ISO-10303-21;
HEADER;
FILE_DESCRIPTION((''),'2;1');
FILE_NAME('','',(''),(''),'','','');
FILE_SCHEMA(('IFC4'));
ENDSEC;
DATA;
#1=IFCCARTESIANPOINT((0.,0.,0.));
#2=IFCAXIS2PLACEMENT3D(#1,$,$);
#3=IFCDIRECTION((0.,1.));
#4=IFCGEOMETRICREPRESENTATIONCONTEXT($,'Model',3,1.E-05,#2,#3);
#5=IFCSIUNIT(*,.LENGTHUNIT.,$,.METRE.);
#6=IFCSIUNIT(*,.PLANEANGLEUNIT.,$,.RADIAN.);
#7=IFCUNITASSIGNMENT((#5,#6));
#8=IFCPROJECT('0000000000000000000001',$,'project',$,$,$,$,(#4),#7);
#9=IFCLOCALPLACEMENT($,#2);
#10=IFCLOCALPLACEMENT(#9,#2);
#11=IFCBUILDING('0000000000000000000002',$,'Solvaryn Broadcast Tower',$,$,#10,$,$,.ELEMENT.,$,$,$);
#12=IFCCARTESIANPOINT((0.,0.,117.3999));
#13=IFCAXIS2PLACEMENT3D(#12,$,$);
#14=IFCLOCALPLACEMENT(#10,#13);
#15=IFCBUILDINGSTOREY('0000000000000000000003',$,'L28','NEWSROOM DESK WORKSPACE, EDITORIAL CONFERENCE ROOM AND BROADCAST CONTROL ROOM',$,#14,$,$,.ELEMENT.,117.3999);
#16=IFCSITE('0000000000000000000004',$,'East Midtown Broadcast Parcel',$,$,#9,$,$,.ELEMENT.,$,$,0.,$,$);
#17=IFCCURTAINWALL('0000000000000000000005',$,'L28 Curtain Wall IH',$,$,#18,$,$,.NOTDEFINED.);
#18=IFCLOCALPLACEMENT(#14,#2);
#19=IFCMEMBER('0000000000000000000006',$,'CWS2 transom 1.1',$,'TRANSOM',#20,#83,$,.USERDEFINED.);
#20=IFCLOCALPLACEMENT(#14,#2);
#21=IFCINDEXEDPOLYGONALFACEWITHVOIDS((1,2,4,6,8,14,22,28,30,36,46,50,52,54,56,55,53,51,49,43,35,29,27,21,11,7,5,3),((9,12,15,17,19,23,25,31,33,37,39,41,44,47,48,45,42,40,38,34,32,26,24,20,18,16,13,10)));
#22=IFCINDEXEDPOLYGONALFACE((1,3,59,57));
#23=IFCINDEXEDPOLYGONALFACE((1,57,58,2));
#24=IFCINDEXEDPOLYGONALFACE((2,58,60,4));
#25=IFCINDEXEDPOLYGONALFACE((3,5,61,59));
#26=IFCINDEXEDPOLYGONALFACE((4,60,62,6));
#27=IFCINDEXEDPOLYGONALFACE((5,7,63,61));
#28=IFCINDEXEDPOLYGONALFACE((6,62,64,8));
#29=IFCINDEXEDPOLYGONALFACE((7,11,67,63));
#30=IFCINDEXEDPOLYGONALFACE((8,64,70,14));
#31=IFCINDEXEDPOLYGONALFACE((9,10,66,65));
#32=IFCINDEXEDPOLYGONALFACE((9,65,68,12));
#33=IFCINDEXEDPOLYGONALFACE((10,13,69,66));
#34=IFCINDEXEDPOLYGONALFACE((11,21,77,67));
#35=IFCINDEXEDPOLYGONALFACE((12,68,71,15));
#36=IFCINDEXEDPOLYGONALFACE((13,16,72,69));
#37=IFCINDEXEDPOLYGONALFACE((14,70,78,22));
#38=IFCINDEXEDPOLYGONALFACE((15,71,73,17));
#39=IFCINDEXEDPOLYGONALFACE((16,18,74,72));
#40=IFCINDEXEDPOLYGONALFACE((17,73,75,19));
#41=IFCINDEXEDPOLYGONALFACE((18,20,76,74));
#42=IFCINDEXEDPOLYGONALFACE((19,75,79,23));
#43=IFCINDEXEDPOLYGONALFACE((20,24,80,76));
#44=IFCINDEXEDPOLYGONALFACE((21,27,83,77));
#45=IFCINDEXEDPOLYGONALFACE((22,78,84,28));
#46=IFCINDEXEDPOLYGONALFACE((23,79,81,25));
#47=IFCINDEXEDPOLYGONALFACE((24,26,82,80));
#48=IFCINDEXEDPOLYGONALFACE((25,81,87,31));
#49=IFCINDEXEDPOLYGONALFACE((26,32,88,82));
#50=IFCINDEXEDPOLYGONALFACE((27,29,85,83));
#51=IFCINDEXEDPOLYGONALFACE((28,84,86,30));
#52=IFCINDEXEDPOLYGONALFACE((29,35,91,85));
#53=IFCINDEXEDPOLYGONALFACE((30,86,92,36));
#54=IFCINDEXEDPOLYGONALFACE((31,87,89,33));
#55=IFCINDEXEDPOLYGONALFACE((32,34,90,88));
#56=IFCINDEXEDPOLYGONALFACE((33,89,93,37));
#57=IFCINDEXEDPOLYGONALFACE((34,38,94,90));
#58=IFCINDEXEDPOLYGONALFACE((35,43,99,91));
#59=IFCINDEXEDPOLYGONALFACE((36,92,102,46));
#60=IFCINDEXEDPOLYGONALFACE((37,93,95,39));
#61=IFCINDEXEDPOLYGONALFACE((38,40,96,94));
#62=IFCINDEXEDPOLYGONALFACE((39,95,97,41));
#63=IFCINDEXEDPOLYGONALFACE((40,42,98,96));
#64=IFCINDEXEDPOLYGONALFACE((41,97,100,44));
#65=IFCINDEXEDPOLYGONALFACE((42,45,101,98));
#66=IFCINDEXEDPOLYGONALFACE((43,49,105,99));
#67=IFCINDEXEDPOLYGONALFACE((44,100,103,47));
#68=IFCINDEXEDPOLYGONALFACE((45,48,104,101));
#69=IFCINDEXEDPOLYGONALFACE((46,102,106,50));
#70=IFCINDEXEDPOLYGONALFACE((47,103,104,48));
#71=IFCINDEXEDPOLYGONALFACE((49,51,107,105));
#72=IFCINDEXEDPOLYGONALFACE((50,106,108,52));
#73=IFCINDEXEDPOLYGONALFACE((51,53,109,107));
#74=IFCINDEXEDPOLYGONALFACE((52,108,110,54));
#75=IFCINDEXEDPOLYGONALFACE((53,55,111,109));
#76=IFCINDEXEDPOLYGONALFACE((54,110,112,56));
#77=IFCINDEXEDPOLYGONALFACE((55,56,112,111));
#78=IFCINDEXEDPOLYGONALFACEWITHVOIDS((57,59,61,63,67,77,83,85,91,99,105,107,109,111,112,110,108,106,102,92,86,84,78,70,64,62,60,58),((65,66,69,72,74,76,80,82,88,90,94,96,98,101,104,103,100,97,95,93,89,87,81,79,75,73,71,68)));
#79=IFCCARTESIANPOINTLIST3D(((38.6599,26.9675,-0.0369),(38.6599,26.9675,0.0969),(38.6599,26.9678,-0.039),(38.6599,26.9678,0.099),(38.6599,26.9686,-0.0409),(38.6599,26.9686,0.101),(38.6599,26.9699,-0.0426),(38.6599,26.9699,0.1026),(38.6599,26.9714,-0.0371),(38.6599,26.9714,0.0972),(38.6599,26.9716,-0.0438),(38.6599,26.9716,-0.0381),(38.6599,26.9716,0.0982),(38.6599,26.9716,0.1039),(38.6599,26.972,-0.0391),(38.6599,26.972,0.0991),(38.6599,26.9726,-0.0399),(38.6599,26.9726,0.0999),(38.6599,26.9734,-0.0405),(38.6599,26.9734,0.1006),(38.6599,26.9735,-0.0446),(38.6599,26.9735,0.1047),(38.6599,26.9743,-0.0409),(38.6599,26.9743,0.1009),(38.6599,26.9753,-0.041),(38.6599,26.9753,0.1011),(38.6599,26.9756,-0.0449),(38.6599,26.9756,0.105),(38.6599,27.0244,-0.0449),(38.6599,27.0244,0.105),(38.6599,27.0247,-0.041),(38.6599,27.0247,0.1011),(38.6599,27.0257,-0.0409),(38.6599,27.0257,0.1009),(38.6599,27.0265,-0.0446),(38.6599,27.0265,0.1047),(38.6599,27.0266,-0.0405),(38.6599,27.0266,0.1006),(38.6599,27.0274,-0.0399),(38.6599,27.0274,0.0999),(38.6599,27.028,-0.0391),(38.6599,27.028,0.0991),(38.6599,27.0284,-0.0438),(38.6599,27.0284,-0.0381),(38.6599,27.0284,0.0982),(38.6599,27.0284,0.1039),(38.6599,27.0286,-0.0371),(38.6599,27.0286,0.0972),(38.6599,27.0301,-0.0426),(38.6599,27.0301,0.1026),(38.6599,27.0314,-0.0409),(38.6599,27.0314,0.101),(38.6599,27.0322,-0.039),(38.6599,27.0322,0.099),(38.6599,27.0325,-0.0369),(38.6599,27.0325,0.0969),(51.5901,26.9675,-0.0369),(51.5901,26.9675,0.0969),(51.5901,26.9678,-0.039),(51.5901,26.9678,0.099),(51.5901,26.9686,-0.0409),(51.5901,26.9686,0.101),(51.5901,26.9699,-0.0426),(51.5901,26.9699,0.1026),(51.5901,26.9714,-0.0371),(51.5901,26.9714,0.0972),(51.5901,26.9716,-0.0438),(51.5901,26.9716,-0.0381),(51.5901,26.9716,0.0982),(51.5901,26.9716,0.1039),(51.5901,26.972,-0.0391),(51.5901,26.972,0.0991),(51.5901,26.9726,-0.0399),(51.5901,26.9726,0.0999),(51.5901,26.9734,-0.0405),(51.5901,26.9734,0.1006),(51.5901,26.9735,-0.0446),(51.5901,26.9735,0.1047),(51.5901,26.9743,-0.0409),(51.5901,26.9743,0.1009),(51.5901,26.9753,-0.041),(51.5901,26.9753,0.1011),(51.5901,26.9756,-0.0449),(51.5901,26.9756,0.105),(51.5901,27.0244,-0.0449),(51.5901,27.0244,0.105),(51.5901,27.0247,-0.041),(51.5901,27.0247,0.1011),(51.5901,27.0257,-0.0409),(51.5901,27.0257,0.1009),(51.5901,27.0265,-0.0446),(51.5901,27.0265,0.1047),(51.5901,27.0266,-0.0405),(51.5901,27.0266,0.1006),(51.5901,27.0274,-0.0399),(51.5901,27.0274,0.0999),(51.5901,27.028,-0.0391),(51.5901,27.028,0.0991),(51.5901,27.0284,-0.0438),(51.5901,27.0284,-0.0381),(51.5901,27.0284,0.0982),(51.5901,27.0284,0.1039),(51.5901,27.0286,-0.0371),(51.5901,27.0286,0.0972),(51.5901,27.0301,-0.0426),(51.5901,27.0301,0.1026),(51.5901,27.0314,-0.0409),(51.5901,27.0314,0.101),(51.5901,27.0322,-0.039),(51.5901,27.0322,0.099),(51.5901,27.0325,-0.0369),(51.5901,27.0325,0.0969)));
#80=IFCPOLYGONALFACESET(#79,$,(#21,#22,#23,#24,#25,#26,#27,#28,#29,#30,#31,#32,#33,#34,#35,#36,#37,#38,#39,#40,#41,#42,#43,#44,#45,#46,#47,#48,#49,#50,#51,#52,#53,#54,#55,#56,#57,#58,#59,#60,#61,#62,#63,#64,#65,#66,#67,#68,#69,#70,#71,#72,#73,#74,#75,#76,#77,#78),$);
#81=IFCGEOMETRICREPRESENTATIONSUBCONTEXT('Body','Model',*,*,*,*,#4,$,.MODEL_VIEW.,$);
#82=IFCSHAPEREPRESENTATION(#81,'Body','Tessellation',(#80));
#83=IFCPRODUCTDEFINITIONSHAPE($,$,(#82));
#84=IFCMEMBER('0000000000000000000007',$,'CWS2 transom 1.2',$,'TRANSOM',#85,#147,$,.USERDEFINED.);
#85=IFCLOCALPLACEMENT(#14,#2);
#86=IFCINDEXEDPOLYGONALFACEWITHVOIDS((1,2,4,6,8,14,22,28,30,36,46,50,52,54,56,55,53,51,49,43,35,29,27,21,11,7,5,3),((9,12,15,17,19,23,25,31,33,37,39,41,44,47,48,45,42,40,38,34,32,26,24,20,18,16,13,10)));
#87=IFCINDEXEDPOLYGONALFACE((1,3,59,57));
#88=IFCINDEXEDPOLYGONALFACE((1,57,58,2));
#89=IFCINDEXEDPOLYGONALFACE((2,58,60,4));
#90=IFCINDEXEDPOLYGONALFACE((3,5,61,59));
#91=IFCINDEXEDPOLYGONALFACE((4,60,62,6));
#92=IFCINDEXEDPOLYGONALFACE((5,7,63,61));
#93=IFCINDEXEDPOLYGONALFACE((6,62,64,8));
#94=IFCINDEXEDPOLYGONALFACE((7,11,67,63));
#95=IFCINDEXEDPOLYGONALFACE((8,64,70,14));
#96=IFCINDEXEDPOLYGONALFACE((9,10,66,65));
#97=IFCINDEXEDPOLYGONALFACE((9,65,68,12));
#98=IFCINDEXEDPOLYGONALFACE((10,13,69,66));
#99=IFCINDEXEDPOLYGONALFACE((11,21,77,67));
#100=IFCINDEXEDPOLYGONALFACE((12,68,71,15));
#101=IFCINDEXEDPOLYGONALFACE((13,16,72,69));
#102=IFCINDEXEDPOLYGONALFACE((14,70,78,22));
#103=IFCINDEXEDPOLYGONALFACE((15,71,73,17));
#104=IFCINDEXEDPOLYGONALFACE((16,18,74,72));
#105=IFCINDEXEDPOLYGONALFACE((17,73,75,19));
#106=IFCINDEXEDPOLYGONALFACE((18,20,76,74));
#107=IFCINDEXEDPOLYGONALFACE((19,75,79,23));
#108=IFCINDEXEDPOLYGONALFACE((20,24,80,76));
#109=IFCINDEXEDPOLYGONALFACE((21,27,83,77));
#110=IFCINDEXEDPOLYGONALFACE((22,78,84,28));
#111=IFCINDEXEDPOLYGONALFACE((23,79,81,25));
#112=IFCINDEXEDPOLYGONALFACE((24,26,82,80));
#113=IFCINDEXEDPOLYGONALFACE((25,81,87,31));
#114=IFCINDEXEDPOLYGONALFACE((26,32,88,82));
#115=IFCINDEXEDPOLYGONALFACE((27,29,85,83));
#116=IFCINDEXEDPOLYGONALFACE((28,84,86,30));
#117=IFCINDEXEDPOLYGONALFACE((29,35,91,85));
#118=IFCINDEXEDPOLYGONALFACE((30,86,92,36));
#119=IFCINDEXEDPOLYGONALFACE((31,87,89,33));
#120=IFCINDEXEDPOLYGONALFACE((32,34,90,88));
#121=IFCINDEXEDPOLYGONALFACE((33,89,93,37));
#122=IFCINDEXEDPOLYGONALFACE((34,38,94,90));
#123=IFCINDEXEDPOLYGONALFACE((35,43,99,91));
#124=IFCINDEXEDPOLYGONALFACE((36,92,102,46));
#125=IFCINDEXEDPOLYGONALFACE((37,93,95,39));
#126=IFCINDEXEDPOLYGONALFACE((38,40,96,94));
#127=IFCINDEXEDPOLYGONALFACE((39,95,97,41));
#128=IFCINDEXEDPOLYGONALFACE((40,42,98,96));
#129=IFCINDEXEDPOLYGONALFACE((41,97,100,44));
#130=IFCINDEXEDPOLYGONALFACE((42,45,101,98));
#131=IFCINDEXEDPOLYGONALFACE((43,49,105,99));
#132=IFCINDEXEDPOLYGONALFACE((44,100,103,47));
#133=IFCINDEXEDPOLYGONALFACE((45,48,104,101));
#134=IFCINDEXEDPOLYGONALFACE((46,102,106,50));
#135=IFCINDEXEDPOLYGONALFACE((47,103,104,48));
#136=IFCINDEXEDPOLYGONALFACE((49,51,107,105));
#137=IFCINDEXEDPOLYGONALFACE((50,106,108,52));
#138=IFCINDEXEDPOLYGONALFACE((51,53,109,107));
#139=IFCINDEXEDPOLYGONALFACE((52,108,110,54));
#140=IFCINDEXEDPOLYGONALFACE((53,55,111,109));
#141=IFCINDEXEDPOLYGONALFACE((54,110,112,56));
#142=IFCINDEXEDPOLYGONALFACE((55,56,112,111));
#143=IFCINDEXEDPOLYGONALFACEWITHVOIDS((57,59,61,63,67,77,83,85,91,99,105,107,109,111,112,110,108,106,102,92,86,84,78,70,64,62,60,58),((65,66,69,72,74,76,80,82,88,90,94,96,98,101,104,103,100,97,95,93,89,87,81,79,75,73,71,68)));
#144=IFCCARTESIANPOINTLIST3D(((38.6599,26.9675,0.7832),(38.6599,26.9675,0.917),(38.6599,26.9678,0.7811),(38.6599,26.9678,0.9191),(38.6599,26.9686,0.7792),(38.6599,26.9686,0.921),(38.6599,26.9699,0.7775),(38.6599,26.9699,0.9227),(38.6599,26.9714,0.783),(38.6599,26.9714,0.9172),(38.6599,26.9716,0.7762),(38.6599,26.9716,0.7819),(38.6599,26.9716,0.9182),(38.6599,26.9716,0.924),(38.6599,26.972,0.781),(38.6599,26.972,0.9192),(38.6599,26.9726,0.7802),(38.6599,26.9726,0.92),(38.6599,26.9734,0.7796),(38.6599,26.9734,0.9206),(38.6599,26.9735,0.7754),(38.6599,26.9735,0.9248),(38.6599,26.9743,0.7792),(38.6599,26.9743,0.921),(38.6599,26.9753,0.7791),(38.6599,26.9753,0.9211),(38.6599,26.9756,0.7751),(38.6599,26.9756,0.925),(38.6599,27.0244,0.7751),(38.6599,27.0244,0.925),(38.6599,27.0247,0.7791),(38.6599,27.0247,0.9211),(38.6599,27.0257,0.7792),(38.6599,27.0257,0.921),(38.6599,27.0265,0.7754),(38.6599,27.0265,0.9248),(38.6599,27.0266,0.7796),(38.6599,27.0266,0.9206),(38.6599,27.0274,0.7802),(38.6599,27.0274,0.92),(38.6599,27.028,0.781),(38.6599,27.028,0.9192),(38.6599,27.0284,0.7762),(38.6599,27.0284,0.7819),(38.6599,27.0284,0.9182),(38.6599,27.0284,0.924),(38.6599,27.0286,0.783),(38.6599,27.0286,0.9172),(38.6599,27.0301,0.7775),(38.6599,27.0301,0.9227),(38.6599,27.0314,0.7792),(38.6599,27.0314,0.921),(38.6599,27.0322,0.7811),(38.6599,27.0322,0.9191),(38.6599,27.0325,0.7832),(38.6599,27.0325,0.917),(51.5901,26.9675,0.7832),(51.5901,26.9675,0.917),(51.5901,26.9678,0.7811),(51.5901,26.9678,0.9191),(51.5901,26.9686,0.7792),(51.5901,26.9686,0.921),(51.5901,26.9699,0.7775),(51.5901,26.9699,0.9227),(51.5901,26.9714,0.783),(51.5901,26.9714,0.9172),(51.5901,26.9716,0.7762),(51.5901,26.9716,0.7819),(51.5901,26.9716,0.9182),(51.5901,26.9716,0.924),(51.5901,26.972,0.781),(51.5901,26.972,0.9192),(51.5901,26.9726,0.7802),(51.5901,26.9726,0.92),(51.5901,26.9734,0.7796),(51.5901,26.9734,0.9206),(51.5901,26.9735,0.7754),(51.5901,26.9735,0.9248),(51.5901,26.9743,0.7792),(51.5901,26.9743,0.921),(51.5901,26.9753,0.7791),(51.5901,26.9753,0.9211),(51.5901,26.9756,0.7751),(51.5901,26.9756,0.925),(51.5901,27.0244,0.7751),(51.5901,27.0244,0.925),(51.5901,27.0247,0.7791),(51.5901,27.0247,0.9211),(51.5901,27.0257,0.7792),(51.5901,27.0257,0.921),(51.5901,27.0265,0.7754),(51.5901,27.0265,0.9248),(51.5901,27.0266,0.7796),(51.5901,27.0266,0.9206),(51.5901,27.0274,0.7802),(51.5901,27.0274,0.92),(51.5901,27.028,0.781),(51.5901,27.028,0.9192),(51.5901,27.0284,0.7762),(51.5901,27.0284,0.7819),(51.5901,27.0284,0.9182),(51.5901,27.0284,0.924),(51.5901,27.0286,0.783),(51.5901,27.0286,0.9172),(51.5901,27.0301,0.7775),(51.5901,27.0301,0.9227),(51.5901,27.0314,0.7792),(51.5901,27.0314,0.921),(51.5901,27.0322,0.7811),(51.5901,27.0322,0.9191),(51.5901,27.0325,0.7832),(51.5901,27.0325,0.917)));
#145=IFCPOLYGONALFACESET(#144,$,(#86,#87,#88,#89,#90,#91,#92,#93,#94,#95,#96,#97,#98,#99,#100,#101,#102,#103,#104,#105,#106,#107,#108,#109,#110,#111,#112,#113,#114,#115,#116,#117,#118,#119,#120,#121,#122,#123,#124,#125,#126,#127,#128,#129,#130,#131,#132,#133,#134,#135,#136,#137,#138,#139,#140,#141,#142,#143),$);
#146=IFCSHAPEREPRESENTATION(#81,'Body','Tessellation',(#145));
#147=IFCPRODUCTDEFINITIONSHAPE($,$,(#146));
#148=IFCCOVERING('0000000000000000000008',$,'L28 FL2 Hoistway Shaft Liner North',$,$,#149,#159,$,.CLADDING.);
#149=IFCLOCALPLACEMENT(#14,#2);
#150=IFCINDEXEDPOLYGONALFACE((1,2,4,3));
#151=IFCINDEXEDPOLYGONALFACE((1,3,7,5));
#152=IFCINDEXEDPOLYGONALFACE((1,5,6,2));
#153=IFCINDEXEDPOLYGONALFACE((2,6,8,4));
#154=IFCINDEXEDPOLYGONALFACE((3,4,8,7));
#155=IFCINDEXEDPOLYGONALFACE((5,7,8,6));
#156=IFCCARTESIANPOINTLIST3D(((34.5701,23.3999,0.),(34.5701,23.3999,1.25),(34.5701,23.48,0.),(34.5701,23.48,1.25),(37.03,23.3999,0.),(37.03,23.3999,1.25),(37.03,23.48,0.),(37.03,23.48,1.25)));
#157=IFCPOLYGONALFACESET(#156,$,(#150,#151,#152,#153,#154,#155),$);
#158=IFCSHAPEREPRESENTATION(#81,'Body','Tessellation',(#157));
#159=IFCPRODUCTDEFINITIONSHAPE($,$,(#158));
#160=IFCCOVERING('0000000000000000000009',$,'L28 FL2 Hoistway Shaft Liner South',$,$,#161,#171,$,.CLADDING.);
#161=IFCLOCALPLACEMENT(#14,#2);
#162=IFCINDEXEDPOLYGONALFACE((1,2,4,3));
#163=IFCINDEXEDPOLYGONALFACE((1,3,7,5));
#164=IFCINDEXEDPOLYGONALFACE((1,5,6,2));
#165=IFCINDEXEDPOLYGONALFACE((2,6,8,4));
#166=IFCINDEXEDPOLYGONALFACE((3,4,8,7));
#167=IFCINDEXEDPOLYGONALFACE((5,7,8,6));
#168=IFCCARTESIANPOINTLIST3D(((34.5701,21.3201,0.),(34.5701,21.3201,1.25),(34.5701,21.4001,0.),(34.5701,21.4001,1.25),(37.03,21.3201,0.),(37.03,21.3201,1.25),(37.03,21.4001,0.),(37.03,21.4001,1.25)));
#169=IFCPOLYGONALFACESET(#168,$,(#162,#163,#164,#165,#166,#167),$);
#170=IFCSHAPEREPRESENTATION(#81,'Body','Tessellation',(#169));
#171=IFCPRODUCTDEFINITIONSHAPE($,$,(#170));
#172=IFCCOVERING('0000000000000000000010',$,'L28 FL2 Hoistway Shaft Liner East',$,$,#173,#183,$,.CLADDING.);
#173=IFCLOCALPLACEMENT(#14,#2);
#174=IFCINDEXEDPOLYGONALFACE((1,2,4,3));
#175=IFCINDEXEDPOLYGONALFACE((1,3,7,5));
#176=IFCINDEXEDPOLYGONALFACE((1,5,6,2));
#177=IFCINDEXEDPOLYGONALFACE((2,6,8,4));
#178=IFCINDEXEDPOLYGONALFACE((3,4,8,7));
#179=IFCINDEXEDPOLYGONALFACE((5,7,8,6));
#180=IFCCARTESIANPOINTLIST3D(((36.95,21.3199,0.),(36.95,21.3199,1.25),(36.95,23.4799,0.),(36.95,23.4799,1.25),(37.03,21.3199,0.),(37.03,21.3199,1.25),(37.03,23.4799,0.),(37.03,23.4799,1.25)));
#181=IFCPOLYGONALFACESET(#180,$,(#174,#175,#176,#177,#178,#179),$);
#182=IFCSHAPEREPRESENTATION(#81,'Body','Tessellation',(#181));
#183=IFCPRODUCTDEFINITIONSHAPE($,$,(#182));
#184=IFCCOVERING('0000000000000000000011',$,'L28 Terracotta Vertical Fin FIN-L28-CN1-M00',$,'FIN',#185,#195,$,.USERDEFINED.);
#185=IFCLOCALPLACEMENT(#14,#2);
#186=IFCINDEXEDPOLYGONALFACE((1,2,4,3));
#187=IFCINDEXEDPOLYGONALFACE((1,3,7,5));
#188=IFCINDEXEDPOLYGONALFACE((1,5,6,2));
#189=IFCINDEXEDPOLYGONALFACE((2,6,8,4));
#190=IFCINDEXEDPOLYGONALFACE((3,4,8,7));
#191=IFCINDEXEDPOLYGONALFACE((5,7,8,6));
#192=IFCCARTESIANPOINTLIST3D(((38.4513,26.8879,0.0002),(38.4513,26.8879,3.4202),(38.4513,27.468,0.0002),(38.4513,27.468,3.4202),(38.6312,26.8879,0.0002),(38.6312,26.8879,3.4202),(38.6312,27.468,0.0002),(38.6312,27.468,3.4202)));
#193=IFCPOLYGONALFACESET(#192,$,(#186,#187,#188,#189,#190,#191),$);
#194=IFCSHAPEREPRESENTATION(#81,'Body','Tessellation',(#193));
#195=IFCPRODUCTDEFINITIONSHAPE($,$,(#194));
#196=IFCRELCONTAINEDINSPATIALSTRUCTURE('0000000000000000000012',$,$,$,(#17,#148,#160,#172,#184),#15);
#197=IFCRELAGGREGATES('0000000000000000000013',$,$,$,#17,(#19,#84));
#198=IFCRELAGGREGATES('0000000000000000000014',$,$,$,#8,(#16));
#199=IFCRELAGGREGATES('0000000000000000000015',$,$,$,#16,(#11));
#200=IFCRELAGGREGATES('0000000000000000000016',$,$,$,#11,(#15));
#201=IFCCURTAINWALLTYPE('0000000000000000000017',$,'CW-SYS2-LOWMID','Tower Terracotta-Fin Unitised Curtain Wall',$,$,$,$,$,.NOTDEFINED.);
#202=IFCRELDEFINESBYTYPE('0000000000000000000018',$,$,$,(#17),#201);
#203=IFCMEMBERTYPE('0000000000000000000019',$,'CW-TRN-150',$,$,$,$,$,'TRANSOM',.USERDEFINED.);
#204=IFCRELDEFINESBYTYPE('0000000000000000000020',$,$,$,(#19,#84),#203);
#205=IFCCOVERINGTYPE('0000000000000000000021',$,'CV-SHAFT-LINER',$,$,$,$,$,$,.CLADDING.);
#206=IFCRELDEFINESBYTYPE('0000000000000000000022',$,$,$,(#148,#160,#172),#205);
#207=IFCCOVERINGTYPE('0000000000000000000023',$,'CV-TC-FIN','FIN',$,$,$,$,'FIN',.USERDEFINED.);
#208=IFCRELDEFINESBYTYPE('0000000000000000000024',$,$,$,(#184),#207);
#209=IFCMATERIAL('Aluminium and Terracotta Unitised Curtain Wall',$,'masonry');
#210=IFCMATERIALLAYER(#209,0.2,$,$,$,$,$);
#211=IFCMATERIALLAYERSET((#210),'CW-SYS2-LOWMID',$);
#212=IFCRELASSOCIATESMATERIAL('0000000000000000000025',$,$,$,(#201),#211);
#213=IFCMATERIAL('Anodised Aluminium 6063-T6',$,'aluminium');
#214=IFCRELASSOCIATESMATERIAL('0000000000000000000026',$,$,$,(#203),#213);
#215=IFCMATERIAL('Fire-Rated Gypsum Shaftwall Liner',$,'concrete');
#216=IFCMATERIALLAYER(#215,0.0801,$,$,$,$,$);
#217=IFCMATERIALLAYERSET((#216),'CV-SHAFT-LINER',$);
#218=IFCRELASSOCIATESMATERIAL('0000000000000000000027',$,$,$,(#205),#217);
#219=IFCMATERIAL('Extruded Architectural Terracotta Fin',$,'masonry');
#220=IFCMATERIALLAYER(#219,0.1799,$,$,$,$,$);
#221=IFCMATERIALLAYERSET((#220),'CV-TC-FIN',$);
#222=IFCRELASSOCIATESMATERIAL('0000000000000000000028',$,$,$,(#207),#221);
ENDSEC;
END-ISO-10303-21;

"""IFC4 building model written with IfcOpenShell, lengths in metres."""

from ifc_helpers import new_model, si_unit, direction, frame, origin, origin_2d, place, context, subcontext, project, spatial, rectangle, hollow_rectangle, extrude, material, layer, layer_set, material_profile, profile_set, type_object, element, aggregate, save


model = new_model("IFC4")

# Units and contexts
model_context = context("Model", 3, precision=1e-05, world=origin(), true_north=direction((0.0, 1.0)))
body_context = subcontext(model_context, "Body", "Model", "MODEL_VIEW")
ifc_project = project(units=[si_unit("LENGTHUNIT", "METRE"), si_unit("PLANEANGLEUNIT", "RADIAN")], contexts=[model_context])

# Site, building, storey
site_placement = place(None, origin())
site = spatial("IfcSite", under=ifc_project, at=site_placement, Name="East Midtown Broadcast Parcel", CompositionType="ELEMENT", RefElevation=0.0)
building_placement = place(site_placement, origin())
building = spatial("IfcBuilding", under=site, at=building_placement, Name="Solvaryn Broadcast Tower", CompositionType="ELEMENT")
storey_placement = place(building_placement, frame((0.0, 0.0, 117.3999)))
storey = spatial("IfcBuildingStorey", under=building, at=storey_placement, Name="L28", Description="NEWSROOM DESK WORKSPACE, EDITORIAL CONFERENCE ROOM AND BROADCAST CONTROL ROOM", CompositionType="ELEMENT", Elevation=117.3999)

# Curtain wall
ifc_material_1 = material(Name="Aluminium and Terracotta Unitised Curtain Wall", Category="masonry")
ifc_layer_1 = layer(ifc_material_1, 0.2)
ifc_layer_set_1 = layer_set([ifc_layer_1], Name="CW-SYS2-LOWMID")
curtain_wall_type = type_object("IfcCurtainWallType", Name="CW-SYS2-LOWMID", Description="Tower Terracotta-Fin Unitised Curtain Wall", PredefinedType="NOTDEFINED", material=ifc_layer_set_1)
curtain_wall_1_placement = place(storey_placement, origin())
curtain_wall_1 = element("IfcCurtainWall", 1, at=curtain_wall_1_placement, inside=storey, type_object=curtain_wall_type, Name="L28 Curtain Wall IH", PredefinedType="NOTDEFINED")

# Members
ifc_material_2 = material(Name="Anodised Aluminium 6063-T6", Category="aluminium")
ifc_material_profile_1 = material_profile(ifc_material_2, hollow_rectangle(XDim=0.0649, YDim=0.1499, WallThickness=0.0039, InnerFilletRadius=0.0039, OuterFilletRadius=0.0081, at=origin_2d()))
ifc_profile_set_1 = profile_set([ifc_material_profile_1], Name="Anodised Aluminium 6063-T6")
member_type_1 = type_object("IfcMemberType", Name="CW-TRN-150", ElementType="TRANSOM", PredefinedType="USERDEFINED", material=ifc_profile_set_1)
member_1_placement = place(storey_placement, frame((38.6599, 27.0, 0.03), z_axis=(1.0, 0.0, 0.0), x_axis=(0.0, 1.0, 0.0)))
member_1 = element("IfcMember", 2, at=member_1_placement, type_object=member_type_1, Name="CWS2 transom 1.1", ObjectType="TRANSOM", PredefinedType="USERDEFINED", context=body_context, shape_type="SweptSolid", body=[
    extrude(hollow_rectangle(XDim=0.0649, YDim=0.1499, WallThickness=0.0039, InnerFilletRadius=0.0039, OuterFilletRadius=0.0081, at=origin_2d()), origin(), (0.0, 0.0, 1.0), 12.9302),
])
member_2_placement = place(storey_placement, frame((38.6599, 27.0, 0.8501), z_axis=(1.0, 0.0, 0.0), x_axis=(0.0, 1.0, 0.0)))
member_2 = element("IfcMember", 3, at=member_2_placement, type_object=member_type_1, Name="CWS2 transom 1.2", ObjectType="TRANSOM", PredefinedType="USERDEFINED", context=body_context, shape_type="SweptSolid", body=[
    extrude(hollow_rectangle(XDim=0.0649, YDim=0.1499, WallThickness=0.0039, InnerFilletRadius=0.0039, OuterFilletRadius=0.0081, at=origin_2d()), origin(), (0.0, 0.0, 1.0), 12.9302),
])
aggregate(curtain_wall_1, [member_1, member_2])

# Coverings
ifc_material_3 = material(Name="Fire-Rated Gypsum Shaftwall Liner", Category="concrete")
ifc_layer_2 = layer(ifc_material_3, 0.0801)
ifc_layer_set_2 = layer_set([ifc_layer_2], Name="CV-SHAFT-LINER")
covering_type_1 = type_object("IfcCoveringType", Name="CV-SHAFT-LINER", PredefinedType="CLADDING", material=ifc_layer_set_2)
for number, where, z_axis, x_axis, name in (
    (4, (35.8, 23.4399, 0.0), (0.0, 0.0, 1.0), (1.0, 0.0, 0.0), "L28 FL2 Hoistway Shaft Liner North"),
    (5, (35.8, 21.3601, 0.0), (0.0, 0.0, 1.0), (1.0, 0.0, 0.0), "L28 FL2 Hoistway Shaft Liner South"),
):
    element("IfcCovering", number, at=place(storey_placement, frame(where, z_axis=z_axis, x_axis=x_axis)), inside=storey, type_object=covering_type_1, Name=name, PredefinedType="CLADDING", context=body_context, shape_type="SweptSolid", body=[
        extrude(rectangle(XDim=2.46, YDim=0.0801, at=origin_2d()), origin(), (0.0, 0.0, 1.0), 1.25),
    ])
covering_placement = place(storey_placement, frame((36.99, 22.3999, 0.0), z_axis=(0.0, 0.0, 1.0), x_axis=(1.0, 0.0, 0.0)))
element("IfcCovering", 6, at=covering_placement, inside=storey, type_object=covering_type_1, Name="L28 FL2 Hoistway Shaft Liner East", PredefinedType="CLADDING", context=body_context, shape_type="SweptSolid", body=[
    extrude(rectangle(XDim=0.0801, YDim=2.1599, at=origin_2d()), origin(), (0.0, 0.0, 1.0), 1.25),
])
ifc_material_4 = material(Name="Extruded Architectural Terracotta Fin", Category="masonry")
ifc_layer_3 = layer(ifc_material_4, 0.1799)
ifc_layer_set_3 = layer_set([ifc_layer_3], Name="CV-TC-FIN")
covering_type_2 = type_object("IfcCoveringType", Name="CV-TC-FIN", Description="FIN", ElementType="FIN", PredefinedType="USERDEFINED", material=ifc_layer_set_3)
for number, where, z_axis, x_axis, name in (
    (7, (38.5413, 27.178, 0.0002), (0.0, 0.0, 1.0), (1.0, 0.0, 0.0), "L28 Terracotta Vertical Fin FIN-L28-CN1-M00"),
):
    element("IfcCovering", number, at=place(storey_placement, frame(where, z_axis=z_axis, x_axis=x_axis)), inside=storey, type_object=covering_type_2, Name=name, ObjectType="FIN", PredefinedType="USERDEFINED", context=body_context, shape_type="SweptSolid", body=[
        extrude(rectangle(XDim=0.1799, YDim=0.5801, at=origin_2d()), origin(), (0.0, 0.0, 1.0), 3.4199),
    ])

save(model, "model.ifc")
